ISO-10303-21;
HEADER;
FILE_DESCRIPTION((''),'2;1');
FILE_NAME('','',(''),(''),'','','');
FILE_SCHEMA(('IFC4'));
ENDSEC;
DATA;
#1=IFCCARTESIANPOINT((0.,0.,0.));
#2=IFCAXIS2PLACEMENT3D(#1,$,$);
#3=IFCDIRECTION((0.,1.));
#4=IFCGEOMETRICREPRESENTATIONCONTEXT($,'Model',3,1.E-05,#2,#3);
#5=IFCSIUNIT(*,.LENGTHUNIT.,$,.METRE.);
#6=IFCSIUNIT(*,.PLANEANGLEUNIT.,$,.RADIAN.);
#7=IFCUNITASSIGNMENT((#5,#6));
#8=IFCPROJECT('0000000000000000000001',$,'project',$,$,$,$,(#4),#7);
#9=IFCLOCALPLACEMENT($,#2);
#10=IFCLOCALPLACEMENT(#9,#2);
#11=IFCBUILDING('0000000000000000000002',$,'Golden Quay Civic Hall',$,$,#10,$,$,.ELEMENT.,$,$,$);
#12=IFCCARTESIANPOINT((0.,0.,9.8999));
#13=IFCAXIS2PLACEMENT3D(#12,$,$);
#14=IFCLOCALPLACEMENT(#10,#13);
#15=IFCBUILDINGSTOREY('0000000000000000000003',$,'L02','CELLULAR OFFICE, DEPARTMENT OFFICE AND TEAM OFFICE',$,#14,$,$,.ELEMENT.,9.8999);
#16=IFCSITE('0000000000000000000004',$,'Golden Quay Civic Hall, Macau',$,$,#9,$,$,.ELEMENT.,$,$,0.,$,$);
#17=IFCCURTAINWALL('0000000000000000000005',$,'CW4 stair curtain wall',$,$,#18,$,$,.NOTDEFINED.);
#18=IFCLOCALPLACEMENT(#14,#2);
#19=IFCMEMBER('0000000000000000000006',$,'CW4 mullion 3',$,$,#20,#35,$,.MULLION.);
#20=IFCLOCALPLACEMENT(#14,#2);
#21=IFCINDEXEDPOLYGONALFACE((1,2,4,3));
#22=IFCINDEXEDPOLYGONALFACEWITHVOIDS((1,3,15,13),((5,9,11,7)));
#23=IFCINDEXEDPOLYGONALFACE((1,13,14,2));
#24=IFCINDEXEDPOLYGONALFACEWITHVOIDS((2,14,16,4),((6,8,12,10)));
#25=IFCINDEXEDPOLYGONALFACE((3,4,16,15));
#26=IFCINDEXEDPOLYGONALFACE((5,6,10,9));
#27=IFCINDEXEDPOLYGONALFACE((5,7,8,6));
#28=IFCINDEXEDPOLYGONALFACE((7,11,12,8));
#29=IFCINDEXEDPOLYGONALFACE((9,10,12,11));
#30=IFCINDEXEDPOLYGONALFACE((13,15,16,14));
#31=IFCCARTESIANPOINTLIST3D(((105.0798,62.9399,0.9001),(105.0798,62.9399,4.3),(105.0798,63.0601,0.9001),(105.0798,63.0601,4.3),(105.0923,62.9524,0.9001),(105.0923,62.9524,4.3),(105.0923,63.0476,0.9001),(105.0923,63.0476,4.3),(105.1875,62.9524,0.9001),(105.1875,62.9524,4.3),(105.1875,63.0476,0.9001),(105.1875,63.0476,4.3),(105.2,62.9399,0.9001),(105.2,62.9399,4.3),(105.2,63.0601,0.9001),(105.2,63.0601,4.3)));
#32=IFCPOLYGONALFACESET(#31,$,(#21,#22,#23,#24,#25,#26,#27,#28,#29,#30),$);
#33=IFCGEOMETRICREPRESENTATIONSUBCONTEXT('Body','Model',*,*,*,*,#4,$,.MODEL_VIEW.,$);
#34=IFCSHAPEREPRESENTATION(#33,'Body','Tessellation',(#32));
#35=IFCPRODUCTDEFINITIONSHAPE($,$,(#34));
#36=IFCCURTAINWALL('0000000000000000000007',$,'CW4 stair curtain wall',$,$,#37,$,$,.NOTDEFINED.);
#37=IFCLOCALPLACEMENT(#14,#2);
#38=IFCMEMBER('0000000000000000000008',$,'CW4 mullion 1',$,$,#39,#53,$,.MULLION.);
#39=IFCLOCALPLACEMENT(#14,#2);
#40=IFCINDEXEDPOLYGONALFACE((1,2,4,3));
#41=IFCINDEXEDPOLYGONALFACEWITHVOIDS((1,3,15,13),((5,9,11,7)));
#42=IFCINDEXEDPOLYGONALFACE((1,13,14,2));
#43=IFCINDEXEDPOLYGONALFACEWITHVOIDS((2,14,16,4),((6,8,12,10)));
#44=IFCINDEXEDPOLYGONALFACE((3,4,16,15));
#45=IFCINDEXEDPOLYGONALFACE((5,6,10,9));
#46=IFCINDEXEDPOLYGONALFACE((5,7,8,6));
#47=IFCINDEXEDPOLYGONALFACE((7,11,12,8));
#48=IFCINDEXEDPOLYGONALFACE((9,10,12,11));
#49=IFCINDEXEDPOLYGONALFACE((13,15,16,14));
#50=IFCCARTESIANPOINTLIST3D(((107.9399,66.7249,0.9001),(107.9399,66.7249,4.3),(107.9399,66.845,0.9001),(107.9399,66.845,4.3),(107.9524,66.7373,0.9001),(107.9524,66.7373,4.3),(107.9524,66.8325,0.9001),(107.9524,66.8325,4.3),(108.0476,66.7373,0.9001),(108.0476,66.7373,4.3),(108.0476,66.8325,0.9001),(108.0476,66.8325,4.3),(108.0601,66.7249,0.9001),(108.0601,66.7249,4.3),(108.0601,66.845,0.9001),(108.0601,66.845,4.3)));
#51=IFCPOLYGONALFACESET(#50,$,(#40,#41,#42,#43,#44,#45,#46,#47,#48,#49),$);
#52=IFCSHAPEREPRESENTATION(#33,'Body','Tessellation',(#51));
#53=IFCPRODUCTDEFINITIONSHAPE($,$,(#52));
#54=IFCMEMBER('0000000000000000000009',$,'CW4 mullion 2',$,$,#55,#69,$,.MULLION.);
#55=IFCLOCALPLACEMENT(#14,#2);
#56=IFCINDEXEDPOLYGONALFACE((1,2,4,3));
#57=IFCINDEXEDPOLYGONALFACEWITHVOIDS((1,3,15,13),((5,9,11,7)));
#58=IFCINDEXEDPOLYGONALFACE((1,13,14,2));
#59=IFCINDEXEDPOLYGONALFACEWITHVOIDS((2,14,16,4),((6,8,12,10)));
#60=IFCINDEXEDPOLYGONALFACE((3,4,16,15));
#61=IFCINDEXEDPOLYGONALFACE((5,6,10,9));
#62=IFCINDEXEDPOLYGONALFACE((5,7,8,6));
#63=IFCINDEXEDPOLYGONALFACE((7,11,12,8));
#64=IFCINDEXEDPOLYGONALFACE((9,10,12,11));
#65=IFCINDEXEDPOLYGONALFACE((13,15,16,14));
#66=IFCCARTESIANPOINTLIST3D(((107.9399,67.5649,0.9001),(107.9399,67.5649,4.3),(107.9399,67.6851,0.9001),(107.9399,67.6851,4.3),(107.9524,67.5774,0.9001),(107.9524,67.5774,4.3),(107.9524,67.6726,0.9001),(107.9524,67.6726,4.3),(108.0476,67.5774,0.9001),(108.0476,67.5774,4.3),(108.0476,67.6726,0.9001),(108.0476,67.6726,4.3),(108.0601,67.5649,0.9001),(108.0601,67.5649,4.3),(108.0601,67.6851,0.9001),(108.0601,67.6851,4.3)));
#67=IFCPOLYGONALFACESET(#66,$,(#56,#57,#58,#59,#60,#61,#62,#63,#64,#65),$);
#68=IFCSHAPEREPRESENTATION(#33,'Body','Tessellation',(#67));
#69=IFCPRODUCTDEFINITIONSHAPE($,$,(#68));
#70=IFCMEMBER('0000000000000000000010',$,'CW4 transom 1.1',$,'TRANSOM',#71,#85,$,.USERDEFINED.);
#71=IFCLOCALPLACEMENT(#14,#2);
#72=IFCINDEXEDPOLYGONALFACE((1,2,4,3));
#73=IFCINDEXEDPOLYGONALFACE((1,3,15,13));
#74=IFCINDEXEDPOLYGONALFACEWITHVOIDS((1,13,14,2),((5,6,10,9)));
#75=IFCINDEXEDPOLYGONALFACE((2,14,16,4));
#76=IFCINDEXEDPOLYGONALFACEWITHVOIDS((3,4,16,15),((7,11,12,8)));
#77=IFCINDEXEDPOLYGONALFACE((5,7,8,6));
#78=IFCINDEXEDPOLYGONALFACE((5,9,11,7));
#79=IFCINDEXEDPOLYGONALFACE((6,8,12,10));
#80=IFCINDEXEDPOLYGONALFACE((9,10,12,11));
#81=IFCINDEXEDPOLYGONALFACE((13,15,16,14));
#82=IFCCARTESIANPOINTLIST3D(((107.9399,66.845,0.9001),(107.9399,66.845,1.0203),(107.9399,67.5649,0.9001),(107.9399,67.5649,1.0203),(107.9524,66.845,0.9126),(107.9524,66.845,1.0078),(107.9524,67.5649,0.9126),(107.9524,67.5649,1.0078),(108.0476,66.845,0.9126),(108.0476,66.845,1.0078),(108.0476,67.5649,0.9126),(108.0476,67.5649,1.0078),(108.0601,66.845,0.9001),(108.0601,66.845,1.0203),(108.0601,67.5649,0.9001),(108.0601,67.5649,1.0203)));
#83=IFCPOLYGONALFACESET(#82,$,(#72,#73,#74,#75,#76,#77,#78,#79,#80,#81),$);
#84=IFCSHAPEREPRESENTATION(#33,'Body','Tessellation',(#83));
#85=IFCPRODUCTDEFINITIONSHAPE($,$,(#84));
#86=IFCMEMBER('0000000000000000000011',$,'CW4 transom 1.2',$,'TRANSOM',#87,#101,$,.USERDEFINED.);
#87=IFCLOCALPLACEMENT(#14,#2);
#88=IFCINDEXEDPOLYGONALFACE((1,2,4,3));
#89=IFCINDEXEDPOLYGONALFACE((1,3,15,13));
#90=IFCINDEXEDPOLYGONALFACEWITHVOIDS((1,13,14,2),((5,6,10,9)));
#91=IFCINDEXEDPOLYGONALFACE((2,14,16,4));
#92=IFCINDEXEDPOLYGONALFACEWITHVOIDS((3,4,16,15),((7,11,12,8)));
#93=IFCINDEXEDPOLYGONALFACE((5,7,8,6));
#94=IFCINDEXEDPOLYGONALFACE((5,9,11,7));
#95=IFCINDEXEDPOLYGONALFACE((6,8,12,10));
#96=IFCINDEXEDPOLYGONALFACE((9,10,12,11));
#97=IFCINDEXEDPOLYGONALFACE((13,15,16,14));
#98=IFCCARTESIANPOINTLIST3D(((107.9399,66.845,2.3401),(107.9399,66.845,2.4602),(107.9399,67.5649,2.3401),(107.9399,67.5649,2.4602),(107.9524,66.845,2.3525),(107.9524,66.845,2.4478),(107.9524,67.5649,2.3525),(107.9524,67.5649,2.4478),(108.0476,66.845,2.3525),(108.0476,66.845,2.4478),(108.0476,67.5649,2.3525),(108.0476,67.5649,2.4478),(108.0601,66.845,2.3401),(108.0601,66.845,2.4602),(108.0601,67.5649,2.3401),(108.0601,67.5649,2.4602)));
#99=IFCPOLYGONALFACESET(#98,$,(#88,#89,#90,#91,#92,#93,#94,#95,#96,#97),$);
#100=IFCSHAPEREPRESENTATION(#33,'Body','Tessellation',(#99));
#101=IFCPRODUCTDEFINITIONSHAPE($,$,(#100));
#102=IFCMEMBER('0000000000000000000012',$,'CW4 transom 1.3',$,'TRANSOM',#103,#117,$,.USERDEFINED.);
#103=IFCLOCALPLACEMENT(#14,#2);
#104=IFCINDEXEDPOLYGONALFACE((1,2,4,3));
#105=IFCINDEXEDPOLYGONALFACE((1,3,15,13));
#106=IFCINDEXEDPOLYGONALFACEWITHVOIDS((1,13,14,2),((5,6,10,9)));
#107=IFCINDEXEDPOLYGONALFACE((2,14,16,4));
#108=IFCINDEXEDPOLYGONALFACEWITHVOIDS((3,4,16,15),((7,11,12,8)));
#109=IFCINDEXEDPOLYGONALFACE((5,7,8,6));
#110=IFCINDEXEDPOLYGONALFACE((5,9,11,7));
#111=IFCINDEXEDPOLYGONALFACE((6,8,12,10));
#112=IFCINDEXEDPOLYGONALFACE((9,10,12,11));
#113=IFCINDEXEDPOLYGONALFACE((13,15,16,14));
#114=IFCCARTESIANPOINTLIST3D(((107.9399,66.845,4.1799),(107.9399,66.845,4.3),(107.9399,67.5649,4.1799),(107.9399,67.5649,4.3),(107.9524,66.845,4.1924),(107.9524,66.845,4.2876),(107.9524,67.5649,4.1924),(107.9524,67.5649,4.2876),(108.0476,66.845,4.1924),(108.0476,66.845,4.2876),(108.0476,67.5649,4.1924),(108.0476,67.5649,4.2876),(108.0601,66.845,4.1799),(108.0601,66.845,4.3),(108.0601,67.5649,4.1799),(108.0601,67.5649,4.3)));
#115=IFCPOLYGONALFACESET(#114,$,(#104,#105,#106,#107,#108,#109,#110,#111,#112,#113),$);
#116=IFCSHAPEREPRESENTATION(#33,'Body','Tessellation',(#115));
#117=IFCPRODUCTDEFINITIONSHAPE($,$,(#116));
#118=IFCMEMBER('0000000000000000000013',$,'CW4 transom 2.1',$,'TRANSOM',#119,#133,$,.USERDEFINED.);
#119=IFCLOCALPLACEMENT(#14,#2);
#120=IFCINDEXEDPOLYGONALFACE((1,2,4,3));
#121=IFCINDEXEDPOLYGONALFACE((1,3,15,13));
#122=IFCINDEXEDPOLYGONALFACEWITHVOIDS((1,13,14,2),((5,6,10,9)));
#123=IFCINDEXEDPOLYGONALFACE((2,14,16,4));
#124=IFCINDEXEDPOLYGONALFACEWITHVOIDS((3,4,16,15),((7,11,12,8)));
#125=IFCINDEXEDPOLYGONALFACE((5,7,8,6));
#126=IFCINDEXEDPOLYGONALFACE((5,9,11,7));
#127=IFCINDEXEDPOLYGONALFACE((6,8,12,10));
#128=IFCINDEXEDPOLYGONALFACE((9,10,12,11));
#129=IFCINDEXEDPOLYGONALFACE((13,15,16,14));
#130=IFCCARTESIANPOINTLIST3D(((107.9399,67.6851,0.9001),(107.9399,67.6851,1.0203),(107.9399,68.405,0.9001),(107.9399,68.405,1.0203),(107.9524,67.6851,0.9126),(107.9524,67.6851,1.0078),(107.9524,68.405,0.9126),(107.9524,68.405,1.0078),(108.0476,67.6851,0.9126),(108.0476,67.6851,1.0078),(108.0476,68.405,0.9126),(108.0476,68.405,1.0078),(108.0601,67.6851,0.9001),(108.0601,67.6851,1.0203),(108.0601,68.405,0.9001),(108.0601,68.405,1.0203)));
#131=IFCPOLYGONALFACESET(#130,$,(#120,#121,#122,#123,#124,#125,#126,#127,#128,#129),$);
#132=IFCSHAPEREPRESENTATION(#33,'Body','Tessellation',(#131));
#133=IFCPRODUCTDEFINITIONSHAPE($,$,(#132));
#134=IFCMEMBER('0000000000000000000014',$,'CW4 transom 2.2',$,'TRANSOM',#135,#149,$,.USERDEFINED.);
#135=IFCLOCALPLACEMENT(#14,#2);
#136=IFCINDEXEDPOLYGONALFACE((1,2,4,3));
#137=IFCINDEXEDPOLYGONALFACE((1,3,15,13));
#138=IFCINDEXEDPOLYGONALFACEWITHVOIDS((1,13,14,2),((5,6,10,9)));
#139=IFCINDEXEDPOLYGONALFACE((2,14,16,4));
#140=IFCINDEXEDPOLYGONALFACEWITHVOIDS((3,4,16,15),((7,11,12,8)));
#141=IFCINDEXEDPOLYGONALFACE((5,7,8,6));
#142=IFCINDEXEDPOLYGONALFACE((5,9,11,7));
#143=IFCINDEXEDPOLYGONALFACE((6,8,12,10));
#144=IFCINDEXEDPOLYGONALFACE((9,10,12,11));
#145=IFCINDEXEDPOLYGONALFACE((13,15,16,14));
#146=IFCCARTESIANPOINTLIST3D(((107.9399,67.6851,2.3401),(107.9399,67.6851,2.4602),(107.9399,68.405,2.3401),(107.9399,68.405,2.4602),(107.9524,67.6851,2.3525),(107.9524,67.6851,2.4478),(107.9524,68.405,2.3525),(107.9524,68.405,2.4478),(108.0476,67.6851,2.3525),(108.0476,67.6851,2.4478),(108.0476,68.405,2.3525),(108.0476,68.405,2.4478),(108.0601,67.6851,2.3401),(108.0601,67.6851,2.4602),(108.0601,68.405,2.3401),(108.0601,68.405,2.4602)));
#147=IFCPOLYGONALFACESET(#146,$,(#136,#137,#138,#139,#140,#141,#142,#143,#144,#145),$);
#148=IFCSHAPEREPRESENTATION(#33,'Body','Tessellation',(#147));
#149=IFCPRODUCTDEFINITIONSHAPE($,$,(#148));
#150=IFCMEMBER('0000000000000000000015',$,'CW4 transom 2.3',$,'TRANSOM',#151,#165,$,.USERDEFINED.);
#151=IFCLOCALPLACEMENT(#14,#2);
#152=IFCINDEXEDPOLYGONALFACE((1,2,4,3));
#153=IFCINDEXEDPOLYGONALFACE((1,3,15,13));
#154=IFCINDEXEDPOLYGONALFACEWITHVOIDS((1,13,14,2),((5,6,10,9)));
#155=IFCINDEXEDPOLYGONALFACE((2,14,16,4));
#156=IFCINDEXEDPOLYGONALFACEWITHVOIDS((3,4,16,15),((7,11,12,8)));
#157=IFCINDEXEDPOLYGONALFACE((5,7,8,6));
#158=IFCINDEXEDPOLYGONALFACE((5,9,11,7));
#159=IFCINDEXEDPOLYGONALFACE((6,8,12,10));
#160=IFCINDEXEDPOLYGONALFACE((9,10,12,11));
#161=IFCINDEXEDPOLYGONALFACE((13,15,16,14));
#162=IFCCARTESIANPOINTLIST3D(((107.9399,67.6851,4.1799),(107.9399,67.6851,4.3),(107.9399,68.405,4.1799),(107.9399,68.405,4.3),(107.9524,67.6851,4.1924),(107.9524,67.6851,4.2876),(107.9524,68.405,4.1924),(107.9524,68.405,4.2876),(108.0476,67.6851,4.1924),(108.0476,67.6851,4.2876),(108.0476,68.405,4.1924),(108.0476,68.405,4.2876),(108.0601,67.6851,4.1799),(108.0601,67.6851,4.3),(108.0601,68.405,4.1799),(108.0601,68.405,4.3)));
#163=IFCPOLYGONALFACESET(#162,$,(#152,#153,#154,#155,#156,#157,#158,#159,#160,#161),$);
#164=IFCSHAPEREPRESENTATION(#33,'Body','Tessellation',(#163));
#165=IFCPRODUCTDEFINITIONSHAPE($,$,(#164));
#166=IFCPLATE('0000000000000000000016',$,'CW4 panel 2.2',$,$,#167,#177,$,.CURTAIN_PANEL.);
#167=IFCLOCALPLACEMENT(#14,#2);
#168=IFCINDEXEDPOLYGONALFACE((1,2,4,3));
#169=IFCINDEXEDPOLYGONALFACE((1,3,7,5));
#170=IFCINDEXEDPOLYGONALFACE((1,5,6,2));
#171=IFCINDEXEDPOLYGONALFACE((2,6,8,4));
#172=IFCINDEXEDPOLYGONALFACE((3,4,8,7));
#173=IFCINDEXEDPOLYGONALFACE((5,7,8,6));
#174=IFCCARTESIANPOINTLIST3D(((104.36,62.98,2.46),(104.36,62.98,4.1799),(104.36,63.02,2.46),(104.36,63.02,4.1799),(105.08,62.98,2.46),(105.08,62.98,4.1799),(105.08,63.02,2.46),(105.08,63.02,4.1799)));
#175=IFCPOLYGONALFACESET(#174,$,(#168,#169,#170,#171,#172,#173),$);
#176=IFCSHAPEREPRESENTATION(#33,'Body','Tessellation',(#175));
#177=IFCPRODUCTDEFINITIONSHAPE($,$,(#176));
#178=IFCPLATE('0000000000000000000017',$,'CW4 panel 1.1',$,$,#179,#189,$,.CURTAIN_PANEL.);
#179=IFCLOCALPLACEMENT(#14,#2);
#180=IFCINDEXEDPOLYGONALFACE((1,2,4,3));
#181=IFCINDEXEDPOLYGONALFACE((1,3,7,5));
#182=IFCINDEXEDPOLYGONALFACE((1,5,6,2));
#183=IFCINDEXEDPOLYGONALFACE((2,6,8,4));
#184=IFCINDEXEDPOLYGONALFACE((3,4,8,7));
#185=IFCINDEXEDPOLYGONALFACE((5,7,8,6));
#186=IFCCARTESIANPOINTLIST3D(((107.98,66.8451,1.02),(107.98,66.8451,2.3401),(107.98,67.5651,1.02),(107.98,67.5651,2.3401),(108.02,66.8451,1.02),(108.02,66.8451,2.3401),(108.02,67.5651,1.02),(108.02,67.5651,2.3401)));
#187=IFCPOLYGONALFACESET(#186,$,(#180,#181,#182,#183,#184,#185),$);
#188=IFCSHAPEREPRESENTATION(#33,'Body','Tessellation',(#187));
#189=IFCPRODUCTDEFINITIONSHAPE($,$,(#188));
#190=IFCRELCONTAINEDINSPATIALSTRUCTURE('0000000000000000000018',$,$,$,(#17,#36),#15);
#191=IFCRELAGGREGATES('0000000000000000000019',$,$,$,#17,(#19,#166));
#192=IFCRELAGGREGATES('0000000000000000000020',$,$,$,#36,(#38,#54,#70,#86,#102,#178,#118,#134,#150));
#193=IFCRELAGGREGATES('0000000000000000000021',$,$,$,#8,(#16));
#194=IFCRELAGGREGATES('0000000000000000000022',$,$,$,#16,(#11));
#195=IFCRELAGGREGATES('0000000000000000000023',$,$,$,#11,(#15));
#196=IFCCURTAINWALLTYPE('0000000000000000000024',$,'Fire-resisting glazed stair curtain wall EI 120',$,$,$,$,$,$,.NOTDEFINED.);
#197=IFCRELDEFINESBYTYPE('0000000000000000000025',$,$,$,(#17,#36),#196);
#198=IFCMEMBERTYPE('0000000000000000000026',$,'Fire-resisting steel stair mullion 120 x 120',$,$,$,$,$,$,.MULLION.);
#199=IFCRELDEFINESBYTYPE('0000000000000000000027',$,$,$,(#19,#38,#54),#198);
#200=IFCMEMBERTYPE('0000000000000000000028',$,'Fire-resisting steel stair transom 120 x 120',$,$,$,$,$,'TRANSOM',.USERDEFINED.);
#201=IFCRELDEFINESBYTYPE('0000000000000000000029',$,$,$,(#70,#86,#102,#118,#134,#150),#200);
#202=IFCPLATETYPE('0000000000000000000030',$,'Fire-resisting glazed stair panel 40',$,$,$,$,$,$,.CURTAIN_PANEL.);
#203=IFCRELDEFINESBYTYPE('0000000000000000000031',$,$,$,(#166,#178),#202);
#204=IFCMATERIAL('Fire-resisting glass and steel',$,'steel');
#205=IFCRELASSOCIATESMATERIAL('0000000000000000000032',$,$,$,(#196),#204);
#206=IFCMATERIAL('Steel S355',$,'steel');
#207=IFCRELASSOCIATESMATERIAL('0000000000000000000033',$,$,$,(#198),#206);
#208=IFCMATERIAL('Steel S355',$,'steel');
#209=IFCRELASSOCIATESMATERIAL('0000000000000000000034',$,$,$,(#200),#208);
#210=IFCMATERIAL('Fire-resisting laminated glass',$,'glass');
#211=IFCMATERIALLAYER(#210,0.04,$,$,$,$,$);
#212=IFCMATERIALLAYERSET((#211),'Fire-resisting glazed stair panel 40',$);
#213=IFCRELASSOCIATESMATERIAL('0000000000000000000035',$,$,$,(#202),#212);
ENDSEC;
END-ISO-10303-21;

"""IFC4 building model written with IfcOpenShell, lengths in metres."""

from ifc_helpers import new_model, si_unit, direction, frame, origin, origin_2d, place, context, subcontext, project, spatial, rectangle, hollow_rectangle, extrude, material, layer, layer_set, material_profile, profile_set, type_object, element, aggregate, save


model = new_model("IFC4")

# Units and contexts
model_context = context("Model", 3, precision=1e-05, world=origin(), true_north=direction((0.0, 1.0)))
body_context = subcontext(model_context, "Body", "Model", "MODEL_VIEW")
ifc_project = project(units=[si_unit("LENGTHUNIT", "METRE"), si_unit("PLANEANGLEUNIT", "RADIAN")], contexts=[model_context])

# Site, building, storey
site_placement = place(None, origin())
site = spatial("IfcSite", under=ifc_project, at=site_placement, Name="Golden Quay Civic Hall, Macau", CompositionType="ELEMENT", RefElevation=0.0)
building_placement = place(site_placement, origin())
building = spatial("IfcBuilding", under=site, at=building_placement, Name="Golden Quay Civic Hall", CompositionType="ELEMENT")
storey_placement = place(building_placement, frame((0.0, 0.0, 9.8999)))
storey = spatial("IfcBuildingStorey", under=building, at=storey_placement, Name="L02", Description="CELLULAR OFFICE, DEPARTMENT OFFICE AND TEAM OFFICE", CompositionType="ELEMENT", Elevation=9.8999)

# Curtain wall, member
ifc_material_1 = material(Name="Fire-resisting glass and steel", Category="steel")
curtain_wall_type = type_object("IfcCurtainWallType", Name="Fire-resisting glazed stair curtain wall EI 120", PredefinedType="NOTDEFINED", material=ifc_material_1)
curtain_wall_1_placement = place(storey_placement, origin())
curtain_wall_1 = element("IfcCurtainWall", 1, at=curtain_wall_1_placement, inside=storey, type_object=curtain_wall_type, Name="CW4 stair curtain wall", PredefinedType="NOTDEFINED")
ifc_material_2 = material(Name="Steel S355", Category="steel")
ifc_material_profile_1 = material_profile(ifc_material_2, hollow_rectangle(XDim=0.1201, YDim=0.1201, WallThickness=0.0125, at=origin_2d()), Name="SHS 120x120x12.5")
ifc_profile_set_1 = profile_set([ifc_material_profile_1], Name="Steel S355")
member_type_1 = type_object("IfcMemberType", Name="Fire-resisting steel stair mullion 120 x 120", PredefinedType="MULLION", material=ifc_profile_set_1)
member_1_placement = place(storey_placement, frame((105.1399, 63.0, 0.9001), z_axis=(0.0, 0.0, 1.0), x_axis=(0.0, 1.0, 0.0)))
member_1 = element("IfcMember", 2, at=member_1_placement, type_object=member_type_1, Name="CW4 mullion 3", PredefinedType="MULLION", context=body_context, shape_type="SweptSolid", body=[
    extrude(hollow_rectangle(XDim=0.1201, YDim=0.1201, WallThickness=0.0125, at=origin_2d()), origin(), (0.0, 0.0, 1.0), 3.3999),
])

# Curtain wall, members
curtain_wall_2_placement = place(storey_placement, origin())
curtain_wall_2 = element("IfcCurtainWall", 3, at=curtain_wall_2_placement, inside=storey, type_object=curtain_wall_type, Name="CW4 stair curtain wall", PredefinedType="NOTDEFINED")
member_2_placement = place(storey_placement, frame((108.0, 66.7849, 0.9001), z_axis=(0.0, 0.0, 1.0), x_axis=(-1.0, 0.0, 0.0)))
member_2 = element("IfcMember", 4, at=member_2_placement, type_object=member_type_1, Name="CW4 mullion 1", PredefinedType="MULLION", context=body_context, shape_type="SweptSolid", body=[
    extrude(hollow_rectangle(XDim=0.1201, YDim=0.1201, WallThickness=0.0125, at=origin_2d()), origin(), (0.0, 0.0, 1.0), 3.3999),
])
member_3_placement = place(storey_placement, frame((108.0, 67.625, 0.9001), z_axis=(0.0, 0.0, 1.0), x_axis=(-1.0, 0.0, 0.0)))
member_3 = element("IfcMember", 5, at=member_3_placement, type_object=member_type_1, Name="CW4 mullion 2", PredefinedType="MULLION", context=body_context, shape_type="SweptSolid", body=[
    extrude(hollow_rectangle(XDim=0.1201, YDim=0.1201, WallThickness=0.0125, at=origin_2d()), origin(), (0.0, 0.0, 1.0), 3.3999),
])
ifc_material_3 = material(Name="Steel S355", Category="steel")
ifc_material_profile_2 = material_profile(ifc_material_3, hollow_rectangle(XDim=0.1201, YDim=0.1201, WallThickness=0.0125, at=origin_2d()), Name="SHS 120x120x12.5")
ifc_profile_set_2 = profile_set([ifc_material_profile_2], Name="Steel S355")
member_type_2 = type_object("IfcMemberType", Name="Fire-resisting steel stair transom 120 x 120", ElementType="TRANSOM", PredefinedType="USERDEFINED", material=ifc_profile_set_2)
member_4_placement = place(storey_placement, frame((108.0, 66.845, 0.9602), z_axis=(0.0, 1.0, 0.0), x_axis=(-1.0, 0.0, 0.0)))
member_4 = element("IfcMember", 6, at=member_4_placement, type_object=member_type_2, Name="CW4 transom 1.1", ObjectType="TRANSOM", PredefinedType="USERDEFINED", context=body_context, shape_type="SweptSolid", body=[
    extrude(hollow_rectangle(XDim=0.1201, YDim=0.1201, WallThickness=0.0125, at=origin_2d()), origin(), (0.0, 0.0, 1.0), 0.72),
])
member_5_placement = place(storey_placement, frame((108.0, 66.845, 2.4001), z_axis=(0.0, 1.0, 0.0), x_axis=(-1.0, 0.0, 0.0)))
member_5 = element("IfcMember", 7, at=member_5_placement, type_object=member_type_2, Name="CW4 transom 1.2", ObjectType="TRANSOM", PredefinedType="USERDEFINED", context=body_context, shape_type="SweptSolid", body=[
    extrude(hollow_rectangle(XDim=0.1201, YDim=0.1201, WallThickness=0.0125, at=origin_2d()), origin(), (0.0, 0.0, 1.0), 0.72),
])
member_6_placement = place(storey_placement, frame((108.0, 66.845, 4.24), z_axis=(0.0, 1.0, 0.0), x_axis=(-1.0, 0.0, 0.0)))
member_6 = element("IfcMember", 8, at=member_6_placement, type_object=member_type_2, Name="CW4 transom 1.3", ObjectType="TRANSOM", PredefinedType="USERDEFINED", context=body_context, shape_type="SweptSolid", body=[
    extrude(hollow_rectangle(XDim=0.1201, YDim=0.1201, WallThickness=0.0125, at=origin_2d()), origin(), (0.0, 0.0, 1.0), 0.72),
])
member_7_placement = place(storey_placement, frame((108.0, 67.6851, 0.9602), z_axis=(0.0, 1.0, 0.0), x_axis=(-1.0, 0.0, 0.0)))
member_7 = element("IfcMember", 9, at=member_7_placement, type_object=member_type_2, Name="CW4 transom 2.1", ObjectType="TRANSOM", PredefinedType="USERDEFINED", context=body_context, shape_type="SweptSolid", body=[
    extrude(hollow_rectangle(XDim=0.1201, YDim=0.1201, WallThickness=0.0125, at=origin_2d()), origin(), (0.0, 0.0, 1.0), 0.72),
])
member_8_placement = place(storey_placement, frame((108.0, 67.6851, 2.4001), z_axis=(0.0, 1.0, 0.0), x_axis=(-1.0, 0.0, 0.0)))
member_8 = element("IfcMember", 10, at=member_8_placement, type_object=member_type_2, Name="CW4 transom 2.2", ObjectType="TRANSOM", PredefinedType="USERDEFINED", context=body_context, shape_type="SweptSolid", body=[
    extrude(hollow_rectangle(XDim=0.1201, YDim=0.1201, WallThickness=0.0125, at=origin_2d()), origin(), (0.0, 0.0, 1.0), 0.72),
])
member_9_placement = place(storey_placement, frame((108.0, 67.6851, 4.24), z_axis=(0.0, 1.0, 0.0), x_axis=(-1.0, 0.0, 0.0)))
member_9 = element("IfcMember", 11, at=member_9_placement, type_object=member_type_2, Name="CW4 transom 2.3", ObjectType="TRANSOM", PredefinedType="USERDEFINED", context=body_context, shape_type="SweptSolid", body=[
    extrude(hollow_rectangle(XDim=0.1201, YDim=0.1201, WallThickness=0.0125, at=origin_2d()), origin(), (0.0, 0.0, 1.0), 0.72),
])

# Plates
ifc_material_4 = material(Name="Fire-resisting laminated glass", Category="glass")
ifc_layer_1 = layer(ifc_material_4, 0.04)
ifc_layer_set_1 = layer_set([ifc_layer_1], Name="Fire-resisting glazed stair panel 40")
plate_type = type_object("IfcPlateType", Name="Fire-resisting glazed stair panel 40", PredefinedType="CURTAIN_PANEL", material=ifc_layer_set_1)
plate_1_placement = place(storey_placement, frame((104.72, 63.0, 2.46), z_axis=(0.0, 0.0, 1.0), x_axis=(1.0, 0.0, 0.0)))
plate_1 = element("IfcPlate", 12, at=plate_1_placement, type_object=plate_type, Name="CW4 panel 2.2", PredefinedType="CURTAIN_PANEL", context=body_context, shape_type="SweptSolid", body=[
    extrude(rectangle(XDim=0.72, YDim=0.04, at=origin_2d()), origin(), (0.0, 0.0, 1.0), 1.72),
])
aggregate(curtain_wall_1, [member_1, plate_1])
plate_2_placement = place(storey_placement, frame((108.0, 67.2051, 1.02), z_axis=(0.0, 0.0, 1.0), x_axis=(0.0, 1.0, 0.0)))
plate_2 = element("IfcPlate", 13, at=plate_2_placement, type_object=plate_type, Name="CW4 panel 1.1", PredefinedType="CURTAIN_PANEL", context=body_context, shape_type="SweptSolid", body=[
    extrude(rectangle(XDim=0.72, YDim=0.04, at=origin_2d()), origin(), (0.0, 0.0, 1.0), 1.3201),
])
aggregate(curtain_wall_2, [member_2, member_3, member_4, member_5, member_6, plate_2, member_7, member_8, member_9])

save(model, "model.ifc")
